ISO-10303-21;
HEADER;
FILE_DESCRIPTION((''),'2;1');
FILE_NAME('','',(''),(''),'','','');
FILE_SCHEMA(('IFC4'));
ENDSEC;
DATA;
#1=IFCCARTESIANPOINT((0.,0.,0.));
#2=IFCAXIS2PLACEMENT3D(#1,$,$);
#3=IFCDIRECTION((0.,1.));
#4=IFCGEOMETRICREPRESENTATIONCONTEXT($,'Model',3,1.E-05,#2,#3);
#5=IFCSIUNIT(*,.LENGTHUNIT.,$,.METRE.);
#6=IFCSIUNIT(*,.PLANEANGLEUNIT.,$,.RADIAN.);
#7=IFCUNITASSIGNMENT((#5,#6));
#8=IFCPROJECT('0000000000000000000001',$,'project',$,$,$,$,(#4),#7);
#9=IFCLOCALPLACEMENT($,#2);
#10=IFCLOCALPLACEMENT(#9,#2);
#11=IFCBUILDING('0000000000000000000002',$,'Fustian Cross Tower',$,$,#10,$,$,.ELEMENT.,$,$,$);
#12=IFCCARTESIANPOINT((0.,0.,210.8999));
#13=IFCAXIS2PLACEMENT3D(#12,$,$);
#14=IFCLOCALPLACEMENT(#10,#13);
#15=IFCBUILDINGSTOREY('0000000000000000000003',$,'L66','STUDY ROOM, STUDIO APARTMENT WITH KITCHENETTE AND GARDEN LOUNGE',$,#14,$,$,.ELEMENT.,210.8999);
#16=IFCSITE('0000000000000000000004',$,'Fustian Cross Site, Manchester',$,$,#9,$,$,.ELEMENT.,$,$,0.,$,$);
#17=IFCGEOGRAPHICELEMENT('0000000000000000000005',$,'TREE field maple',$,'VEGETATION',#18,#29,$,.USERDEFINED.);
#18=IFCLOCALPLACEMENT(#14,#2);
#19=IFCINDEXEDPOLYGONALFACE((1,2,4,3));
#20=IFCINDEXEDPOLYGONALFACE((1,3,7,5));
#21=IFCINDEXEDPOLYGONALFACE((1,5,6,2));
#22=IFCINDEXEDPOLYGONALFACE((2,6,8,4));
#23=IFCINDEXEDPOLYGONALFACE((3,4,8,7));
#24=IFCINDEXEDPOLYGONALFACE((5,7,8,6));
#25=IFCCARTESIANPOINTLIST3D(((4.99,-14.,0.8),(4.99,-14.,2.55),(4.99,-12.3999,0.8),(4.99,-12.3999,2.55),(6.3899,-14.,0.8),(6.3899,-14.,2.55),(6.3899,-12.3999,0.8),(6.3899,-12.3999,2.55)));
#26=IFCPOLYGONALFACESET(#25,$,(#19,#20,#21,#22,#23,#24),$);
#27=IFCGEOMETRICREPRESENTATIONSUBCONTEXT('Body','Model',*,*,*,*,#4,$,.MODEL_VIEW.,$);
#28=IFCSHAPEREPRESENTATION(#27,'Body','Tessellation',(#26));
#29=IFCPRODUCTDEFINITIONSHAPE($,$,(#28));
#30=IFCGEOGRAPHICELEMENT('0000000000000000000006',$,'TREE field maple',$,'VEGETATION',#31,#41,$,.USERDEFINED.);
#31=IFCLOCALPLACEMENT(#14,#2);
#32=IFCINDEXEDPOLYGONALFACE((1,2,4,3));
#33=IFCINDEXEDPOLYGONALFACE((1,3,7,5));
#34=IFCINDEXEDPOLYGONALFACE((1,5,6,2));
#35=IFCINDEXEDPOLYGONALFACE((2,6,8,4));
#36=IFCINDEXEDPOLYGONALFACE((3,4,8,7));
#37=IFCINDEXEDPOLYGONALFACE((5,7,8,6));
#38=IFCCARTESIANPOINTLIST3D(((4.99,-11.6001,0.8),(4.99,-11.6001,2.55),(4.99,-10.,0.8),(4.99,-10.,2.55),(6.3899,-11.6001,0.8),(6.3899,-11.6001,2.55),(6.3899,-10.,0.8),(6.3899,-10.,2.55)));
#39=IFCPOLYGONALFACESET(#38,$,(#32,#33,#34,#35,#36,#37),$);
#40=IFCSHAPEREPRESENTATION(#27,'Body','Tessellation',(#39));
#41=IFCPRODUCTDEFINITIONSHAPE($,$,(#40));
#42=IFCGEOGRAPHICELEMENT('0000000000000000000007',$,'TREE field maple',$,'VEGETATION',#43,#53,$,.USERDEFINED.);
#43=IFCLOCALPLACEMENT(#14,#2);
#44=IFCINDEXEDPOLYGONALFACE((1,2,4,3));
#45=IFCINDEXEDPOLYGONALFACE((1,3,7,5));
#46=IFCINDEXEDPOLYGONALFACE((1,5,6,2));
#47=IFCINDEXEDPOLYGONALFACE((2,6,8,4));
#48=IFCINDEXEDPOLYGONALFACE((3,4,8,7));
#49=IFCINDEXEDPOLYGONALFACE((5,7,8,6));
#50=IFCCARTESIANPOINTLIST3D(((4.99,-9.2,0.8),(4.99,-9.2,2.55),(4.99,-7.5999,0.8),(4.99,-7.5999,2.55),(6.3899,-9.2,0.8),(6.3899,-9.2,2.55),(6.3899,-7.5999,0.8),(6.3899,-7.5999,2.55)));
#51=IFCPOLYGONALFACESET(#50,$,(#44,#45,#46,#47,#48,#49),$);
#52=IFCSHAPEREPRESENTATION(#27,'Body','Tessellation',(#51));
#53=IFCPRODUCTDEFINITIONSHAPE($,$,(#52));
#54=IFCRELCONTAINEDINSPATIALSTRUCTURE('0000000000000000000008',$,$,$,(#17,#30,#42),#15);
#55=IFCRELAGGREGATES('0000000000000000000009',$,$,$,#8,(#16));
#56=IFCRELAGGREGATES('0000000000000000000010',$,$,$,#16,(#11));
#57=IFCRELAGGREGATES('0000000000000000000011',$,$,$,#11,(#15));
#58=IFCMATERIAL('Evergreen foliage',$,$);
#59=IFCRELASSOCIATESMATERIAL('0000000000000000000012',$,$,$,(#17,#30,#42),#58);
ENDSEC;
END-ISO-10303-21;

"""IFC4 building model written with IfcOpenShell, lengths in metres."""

from ifc_helpers import new_model, si_unit, direction, frame, origin, origin_2d, place, context, subcontext, project, spatial, rectangle, extrude, material, element, save


model = new_model("IFC4")

# Units and contexts
model_context = context("Model", 3, precision=1e-05, world=origin(), true_north=direction((0.0, 1.0)))
body_context = subcontext(model_context, "Body", "Model", "MODEL_VIEW")
ifc_project = project(units=[si_unit("LENGTHUNIT", "METRE"), si_unit("PLANEANGLEUNIT", "RADIAN")], contexts=[model_context])

# Site, building, storey
site_placement = place(None, origin())
site = spatial("IfcSite", under=ifc_project, at=site_placement, Name="Fustian Cross Site, Manchester", CompositionType="ELEMENT", RefElevation=0.0)
building_placement = place(site_placement, origin())
building = spatial("IfcBuilding", under=site, at=building_placement, Name="Fustian Cross Tower", CompositionType="ELEMENT")
storey_placement = place(building_placement, frame((0.0, 0.0, 210.8999)))
storey = spatial("IfcBuildingStorey", under=building, at=storey_placement, Name="L66", Description="STUDY ROOM, STUDIO APARTMENT WITH KITCHENETTE AND GARDEN LOUNGE", CompositionType="ELEMENT", Elevation=210.8999)

# Geographic elements
ifc_material_1 = material(Name="Evergreen foliage")
for number, where, z_axis, x_axis, name in (
    (1, (5.6899, -13.2, 0.8), (0.0, 0.0, 1.0), (1.0, 0.0, 0.0), "TREE field maple"),
    (2, (5.6899, -10.8, 0.8), (0.0, 0.0, 1.0), (1.0, 0.0, 0.0), "TREE field maple"),
    (3, (5.6899, -8.3999, 0.8), (0.0, 0.0, 1.0), (1.0, 0.0, 0.0), "TREE field maple"),
):
    element("IfcGeographicElement", number, at=place(storey_placement, frame(where, z_axis=z_axis, x_axis=x_axis)), inside=storey, material=ifc_material_1, Name=name, ObjectType="VEGETATION", PredefinedType="USERDEFINED", context=body_context, shape_type="SweptSolid", body=[
        extrude(rectangle(XDim=1.3999, YDim=1.6001, at=origin_2d()), origin(), (0.0, 0.0, 1.0), 1.75),
    ])

save(model, "model.ifc")
